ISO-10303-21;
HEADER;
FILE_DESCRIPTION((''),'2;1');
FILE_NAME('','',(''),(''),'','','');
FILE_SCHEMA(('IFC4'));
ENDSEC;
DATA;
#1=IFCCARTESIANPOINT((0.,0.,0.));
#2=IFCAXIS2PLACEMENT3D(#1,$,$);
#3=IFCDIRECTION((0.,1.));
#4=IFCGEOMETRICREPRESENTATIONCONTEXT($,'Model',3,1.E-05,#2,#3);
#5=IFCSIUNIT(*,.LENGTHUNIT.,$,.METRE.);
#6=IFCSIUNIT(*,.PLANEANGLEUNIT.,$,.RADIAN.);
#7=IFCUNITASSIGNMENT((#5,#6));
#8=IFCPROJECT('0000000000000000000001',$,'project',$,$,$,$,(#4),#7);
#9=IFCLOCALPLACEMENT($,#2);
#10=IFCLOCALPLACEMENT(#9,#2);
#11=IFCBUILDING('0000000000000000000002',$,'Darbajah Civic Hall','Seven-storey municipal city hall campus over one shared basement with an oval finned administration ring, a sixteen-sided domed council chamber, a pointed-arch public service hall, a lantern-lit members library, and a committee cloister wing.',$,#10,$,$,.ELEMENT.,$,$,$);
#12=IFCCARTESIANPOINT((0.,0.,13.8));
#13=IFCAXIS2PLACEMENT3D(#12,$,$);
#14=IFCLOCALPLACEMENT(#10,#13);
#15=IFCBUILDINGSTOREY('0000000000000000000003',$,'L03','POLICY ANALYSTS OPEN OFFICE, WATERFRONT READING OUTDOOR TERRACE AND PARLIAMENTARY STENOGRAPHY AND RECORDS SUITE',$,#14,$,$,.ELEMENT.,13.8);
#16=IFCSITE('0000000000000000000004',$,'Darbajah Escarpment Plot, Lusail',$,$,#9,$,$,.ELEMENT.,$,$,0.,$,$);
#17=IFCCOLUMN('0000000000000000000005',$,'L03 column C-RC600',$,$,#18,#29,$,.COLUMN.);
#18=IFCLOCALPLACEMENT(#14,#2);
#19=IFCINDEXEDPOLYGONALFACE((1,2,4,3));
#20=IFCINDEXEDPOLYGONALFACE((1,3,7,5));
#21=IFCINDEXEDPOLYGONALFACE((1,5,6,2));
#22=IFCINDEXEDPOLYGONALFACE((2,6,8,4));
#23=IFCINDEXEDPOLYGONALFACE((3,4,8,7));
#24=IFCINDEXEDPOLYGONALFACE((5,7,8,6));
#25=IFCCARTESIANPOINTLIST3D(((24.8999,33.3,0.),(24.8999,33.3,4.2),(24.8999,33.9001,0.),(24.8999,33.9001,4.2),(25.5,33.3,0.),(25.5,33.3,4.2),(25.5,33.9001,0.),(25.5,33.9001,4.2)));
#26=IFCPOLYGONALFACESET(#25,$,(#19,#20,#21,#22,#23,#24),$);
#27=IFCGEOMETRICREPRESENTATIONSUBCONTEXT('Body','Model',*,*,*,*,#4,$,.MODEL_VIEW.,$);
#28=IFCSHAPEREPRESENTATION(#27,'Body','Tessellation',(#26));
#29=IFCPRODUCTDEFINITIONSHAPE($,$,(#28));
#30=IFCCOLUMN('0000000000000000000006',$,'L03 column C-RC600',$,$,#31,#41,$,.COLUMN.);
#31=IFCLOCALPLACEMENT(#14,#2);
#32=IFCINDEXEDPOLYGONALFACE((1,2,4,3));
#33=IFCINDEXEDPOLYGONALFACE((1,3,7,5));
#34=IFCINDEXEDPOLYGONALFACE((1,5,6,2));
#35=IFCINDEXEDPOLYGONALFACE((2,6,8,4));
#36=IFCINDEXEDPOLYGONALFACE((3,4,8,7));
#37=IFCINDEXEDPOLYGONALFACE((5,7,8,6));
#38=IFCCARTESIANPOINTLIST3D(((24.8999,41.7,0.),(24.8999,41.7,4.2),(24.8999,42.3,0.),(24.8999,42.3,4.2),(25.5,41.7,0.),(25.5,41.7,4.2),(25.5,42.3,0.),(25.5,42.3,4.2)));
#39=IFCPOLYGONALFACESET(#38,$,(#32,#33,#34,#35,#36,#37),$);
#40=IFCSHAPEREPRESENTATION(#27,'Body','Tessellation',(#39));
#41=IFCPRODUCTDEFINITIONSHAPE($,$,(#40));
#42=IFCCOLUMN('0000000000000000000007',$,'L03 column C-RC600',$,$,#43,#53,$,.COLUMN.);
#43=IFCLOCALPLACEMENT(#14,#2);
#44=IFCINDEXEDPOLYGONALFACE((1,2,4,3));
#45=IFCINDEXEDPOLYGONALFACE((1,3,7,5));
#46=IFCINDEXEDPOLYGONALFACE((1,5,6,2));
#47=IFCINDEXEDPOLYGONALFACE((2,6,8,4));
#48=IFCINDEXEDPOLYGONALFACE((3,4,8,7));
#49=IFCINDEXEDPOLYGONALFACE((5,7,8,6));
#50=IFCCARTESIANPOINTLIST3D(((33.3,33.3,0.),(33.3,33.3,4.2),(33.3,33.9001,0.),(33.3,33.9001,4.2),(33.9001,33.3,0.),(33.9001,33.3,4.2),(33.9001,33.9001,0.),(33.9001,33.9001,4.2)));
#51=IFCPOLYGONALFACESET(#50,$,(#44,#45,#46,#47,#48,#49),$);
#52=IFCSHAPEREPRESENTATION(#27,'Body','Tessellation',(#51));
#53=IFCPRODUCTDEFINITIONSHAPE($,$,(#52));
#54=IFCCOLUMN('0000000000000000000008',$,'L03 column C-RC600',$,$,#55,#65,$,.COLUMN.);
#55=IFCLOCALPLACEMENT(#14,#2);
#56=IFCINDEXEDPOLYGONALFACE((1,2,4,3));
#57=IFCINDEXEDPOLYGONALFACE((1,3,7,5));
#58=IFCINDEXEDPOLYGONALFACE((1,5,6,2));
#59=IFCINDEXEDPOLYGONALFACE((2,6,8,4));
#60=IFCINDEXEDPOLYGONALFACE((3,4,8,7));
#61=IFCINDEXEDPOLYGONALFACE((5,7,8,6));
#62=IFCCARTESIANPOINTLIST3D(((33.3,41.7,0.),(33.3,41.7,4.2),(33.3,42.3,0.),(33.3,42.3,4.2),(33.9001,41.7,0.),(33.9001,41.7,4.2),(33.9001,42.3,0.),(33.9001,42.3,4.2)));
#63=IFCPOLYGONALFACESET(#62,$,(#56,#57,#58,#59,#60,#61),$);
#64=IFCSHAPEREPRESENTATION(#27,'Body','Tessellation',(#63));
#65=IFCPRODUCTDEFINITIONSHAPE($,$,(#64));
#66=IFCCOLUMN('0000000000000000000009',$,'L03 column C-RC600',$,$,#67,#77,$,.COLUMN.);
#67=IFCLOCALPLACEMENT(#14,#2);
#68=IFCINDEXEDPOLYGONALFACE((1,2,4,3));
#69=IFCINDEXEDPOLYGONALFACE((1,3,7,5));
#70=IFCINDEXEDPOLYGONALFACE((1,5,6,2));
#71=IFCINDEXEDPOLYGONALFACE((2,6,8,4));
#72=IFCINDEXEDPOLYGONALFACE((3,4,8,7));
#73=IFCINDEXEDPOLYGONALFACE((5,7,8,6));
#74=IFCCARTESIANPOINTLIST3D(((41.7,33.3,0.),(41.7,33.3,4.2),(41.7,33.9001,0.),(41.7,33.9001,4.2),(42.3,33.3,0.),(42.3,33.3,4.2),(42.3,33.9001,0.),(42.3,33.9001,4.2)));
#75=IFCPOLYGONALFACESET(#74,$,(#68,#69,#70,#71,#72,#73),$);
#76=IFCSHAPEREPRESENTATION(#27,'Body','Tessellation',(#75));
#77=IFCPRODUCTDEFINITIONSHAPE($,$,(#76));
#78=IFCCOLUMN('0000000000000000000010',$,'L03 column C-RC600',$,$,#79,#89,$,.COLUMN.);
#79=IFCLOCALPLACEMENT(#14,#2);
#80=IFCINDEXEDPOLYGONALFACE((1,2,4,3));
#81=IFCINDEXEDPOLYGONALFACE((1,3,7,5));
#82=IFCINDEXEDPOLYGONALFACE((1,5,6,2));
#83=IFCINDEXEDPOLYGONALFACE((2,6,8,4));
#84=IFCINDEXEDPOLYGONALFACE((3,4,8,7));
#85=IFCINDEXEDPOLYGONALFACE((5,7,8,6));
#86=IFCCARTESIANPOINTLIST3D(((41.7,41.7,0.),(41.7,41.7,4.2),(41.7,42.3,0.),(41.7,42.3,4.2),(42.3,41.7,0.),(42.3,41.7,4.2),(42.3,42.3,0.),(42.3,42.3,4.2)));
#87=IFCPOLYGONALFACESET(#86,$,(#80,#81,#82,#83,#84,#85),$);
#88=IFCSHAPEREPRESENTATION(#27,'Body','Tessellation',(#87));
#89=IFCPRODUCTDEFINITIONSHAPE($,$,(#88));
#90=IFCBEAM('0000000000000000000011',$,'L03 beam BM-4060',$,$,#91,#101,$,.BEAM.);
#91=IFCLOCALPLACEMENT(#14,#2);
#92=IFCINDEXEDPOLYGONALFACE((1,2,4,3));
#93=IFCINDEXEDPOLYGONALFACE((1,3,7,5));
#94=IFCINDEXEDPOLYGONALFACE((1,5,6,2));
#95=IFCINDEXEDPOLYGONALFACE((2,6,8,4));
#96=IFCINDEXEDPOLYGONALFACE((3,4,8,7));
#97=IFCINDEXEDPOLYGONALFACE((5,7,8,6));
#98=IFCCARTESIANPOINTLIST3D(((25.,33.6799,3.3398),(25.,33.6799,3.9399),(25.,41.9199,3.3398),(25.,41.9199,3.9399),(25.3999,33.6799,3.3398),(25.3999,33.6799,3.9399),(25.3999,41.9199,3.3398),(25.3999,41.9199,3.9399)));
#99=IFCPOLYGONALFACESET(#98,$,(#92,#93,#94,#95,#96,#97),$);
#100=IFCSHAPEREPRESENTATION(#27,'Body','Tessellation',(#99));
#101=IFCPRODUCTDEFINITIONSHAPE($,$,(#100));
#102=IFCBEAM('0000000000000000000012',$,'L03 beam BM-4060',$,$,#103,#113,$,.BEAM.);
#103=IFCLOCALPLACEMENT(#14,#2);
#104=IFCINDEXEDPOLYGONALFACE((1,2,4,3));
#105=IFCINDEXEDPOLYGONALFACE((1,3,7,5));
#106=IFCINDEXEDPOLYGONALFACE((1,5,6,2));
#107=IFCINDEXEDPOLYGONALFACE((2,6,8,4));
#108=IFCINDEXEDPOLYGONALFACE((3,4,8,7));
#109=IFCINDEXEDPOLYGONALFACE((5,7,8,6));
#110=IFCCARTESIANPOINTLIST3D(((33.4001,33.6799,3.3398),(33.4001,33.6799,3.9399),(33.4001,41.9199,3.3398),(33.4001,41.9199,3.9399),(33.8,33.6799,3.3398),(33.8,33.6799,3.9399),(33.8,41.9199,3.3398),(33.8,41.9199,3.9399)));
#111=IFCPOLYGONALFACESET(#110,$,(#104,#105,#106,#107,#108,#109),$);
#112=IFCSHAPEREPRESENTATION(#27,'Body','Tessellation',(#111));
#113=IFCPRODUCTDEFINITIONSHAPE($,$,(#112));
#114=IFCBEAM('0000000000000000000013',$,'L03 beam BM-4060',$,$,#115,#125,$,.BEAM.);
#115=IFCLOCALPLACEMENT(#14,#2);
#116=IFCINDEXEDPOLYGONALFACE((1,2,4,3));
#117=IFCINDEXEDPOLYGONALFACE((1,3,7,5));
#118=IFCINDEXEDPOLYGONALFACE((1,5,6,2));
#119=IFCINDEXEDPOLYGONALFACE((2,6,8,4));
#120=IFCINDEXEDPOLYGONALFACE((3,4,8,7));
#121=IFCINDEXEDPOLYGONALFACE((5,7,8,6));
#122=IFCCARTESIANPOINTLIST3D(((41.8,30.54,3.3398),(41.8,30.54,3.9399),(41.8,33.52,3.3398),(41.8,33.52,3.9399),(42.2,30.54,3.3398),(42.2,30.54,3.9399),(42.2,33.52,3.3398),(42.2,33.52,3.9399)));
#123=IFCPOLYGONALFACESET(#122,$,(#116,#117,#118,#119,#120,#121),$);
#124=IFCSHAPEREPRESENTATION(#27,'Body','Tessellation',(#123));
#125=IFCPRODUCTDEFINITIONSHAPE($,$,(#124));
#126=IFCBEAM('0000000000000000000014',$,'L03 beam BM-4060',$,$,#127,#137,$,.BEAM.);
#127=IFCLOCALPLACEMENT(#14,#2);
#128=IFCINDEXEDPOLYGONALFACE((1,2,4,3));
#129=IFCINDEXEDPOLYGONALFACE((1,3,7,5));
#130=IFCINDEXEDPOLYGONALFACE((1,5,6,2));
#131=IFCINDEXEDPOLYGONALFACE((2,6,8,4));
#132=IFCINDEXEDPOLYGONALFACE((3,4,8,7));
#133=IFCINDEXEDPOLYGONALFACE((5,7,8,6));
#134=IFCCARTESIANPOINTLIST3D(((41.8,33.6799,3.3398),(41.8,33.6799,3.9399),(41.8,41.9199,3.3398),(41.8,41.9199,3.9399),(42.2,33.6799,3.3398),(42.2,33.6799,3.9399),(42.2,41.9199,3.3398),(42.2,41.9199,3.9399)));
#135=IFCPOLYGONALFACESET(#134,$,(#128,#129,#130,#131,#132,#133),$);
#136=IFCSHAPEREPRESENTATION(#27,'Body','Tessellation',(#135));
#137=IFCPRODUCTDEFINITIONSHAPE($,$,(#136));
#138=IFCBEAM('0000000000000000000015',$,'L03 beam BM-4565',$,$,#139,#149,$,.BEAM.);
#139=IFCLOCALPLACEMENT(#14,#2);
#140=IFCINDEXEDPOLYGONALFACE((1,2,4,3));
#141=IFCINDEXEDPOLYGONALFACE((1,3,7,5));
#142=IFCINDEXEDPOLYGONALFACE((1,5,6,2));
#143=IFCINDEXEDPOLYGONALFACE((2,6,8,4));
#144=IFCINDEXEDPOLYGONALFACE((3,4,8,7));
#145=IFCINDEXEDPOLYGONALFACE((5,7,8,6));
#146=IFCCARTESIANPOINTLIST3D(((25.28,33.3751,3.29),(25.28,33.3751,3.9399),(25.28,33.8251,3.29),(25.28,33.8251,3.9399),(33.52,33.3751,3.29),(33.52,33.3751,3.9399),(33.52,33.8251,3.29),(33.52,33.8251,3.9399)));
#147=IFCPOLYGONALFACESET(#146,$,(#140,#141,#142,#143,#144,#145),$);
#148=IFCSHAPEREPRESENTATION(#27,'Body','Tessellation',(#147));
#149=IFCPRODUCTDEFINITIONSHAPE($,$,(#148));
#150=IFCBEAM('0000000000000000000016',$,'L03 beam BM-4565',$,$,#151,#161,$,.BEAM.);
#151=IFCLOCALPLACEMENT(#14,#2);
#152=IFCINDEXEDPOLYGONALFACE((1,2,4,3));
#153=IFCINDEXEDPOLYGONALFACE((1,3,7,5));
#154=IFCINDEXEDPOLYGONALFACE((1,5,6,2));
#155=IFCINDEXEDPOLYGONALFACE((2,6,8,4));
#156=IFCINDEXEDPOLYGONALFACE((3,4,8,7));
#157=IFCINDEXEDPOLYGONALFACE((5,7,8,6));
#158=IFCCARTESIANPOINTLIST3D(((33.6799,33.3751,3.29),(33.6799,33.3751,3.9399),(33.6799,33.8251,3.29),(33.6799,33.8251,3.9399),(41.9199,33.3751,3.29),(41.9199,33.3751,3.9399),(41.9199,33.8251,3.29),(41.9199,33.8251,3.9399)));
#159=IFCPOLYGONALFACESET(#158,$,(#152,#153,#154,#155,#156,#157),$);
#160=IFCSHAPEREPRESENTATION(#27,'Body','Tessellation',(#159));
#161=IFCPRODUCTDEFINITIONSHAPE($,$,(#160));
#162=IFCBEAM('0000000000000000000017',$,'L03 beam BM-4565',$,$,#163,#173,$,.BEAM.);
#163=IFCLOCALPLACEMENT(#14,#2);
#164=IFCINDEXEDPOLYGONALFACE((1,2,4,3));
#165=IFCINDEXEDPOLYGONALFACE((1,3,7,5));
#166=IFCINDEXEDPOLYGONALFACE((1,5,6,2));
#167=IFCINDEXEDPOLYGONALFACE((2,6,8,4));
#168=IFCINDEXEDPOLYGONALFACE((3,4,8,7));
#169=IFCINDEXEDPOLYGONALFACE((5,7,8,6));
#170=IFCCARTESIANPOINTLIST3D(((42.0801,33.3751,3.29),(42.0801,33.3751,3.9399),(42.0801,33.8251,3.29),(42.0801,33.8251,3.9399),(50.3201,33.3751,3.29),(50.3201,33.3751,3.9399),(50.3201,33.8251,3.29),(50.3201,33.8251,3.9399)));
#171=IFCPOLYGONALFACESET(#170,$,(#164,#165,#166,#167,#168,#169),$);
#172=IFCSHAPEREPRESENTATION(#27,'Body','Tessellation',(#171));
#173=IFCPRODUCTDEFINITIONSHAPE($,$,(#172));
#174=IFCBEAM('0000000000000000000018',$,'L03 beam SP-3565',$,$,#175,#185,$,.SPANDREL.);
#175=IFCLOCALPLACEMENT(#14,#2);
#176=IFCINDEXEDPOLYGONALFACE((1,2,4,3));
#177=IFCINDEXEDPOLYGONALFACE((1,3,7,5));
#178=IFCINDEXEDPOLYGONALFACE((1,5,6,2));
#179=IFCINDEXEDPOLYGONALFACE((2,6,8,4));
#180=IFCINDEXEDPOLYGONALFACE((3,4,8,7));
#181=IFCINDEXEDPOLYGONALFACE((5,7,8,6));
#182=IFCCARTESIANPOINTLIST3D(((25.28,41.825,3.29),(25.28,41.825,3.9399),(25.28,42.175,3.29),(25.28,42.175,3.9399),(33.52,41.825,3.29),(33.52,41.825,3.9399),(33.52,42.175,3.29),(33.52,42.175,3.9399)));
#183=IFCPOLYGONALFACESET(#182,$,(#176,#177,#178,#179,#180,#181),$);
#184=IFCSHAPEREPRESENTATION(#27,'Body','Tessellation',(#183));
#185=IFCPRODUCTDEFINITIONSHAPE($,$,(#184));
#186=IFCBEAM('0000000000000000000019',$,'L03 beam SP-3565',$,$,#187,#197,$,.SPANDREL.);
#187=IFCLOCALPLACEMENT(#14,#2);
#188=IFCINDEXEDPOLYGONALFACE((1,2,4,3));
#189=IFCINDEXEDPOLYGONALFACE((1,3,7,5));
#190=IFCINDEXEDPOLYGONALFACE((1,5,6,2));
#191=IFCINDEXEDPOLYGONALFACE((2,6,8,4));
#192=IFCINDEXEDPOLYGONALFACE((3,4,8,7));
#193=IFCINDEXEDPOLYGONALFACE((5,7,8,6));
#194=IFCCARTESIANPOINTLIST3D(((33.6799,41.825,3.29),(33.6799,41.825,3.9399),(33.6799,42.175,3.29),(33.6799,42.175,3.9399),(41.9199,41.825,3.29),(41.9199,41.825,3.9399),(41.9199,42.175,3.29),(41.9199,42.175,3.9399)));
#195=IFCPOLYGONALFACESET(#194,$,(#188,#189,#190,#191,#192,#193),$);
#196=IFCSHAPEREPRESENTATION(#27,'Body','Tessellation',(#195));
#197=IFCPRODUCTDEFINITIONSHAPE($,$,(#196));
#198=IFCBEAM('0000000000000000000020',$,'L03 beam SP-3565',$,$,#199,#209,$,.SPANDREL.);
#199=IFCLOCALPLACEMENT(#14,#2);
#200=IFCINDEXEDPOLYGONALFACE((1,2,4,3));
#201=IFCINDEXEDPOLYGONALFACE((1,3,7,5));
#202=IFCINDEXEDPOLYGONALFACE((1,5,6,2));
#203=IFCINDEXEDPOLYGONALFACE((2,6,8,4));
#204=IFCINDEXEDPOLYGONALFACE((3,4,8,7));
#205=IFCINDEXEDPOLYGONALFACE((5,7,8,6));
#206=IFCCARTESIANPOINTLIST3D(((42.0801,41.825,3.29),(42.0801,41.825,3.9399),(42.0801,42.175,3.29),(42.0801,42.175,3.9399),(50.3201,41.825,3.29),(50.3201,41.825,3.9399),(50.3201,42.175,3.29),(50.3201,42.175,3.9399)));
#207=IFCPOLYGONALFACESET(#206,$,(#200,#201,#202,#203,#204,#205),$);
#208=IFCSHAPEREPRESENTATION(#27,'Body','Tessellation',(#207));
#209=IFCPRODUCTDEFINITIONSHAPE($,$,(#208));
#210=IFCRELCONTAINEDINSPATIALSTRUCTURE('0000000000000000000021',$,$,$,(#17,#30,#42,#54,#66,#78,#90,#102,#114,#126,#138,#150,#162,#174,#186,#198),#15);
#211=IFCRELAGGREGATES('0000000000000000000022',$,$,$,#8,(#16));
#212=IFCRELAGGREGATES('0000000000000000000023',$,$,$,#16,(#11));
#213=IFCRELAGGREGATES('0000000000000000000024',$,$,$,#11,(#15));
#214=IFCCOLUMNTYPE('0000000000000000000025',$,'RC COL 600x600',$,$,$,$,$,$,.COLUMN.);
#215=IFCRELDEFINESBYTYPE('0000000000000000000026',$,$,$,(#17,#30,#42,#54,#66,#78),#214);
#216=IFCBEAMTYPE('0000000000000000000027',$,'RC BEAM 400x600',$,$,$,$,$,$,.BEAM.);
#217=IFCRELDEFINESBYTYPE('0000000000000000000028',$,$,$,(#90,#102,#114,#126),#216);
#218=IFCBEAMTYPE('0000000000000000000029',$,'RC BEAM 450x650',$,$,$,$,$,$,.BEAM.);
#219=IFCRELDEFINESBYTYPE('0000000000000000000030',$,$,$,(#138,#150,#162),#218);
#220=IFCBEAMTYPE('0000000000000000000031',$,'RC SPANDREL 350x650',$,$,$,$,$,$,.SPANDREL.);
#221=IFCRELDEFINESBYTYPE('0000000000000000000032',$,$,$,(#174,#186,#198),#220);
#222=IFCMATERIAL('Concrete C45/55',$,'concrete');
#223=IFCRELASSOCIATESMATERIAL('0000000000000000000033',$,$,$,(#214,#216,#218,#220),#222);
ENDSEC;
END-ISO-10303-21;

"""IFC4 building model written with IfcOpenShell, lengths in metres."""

from ifc_helpers import new_model, si_unit, direction, frame, origin, origin_2d, place, context, subcontext, project, spatial, rectangle, extrude, material, material_profile, profile_set, type_object, element, save


model = new_model("IFC4")

# Units and contexts
model_context = context("Model", 3, precision=1e-05, world=origin(), true_north=direction((0.0, 1.0)))
body_context = subcontext(model_context, "Body", "Model", "MODEL_VIEW")
ifc_project = project(units=[si_unit("LENGTHUNIT", "METRE"), si_unit("PLANEANGLEUNIT", "RADIAN")], contexts=[model_context])

# Site, building, storey
site_placement = place(None, origin())
site = spatial("IfcSite", under=ifc_project, at=site_placement, Name="Darbajah Escarpment Plot, Lusail", CompositionType="ELEMENT", RefElevation=0.0)
building_placement = place(site_placement, origin())
building = spatial("IfcBuilding", under=site, at=building_placement, Name="Darbajah Civic Hall", Description="Seven-storey municipal city hall campus over one shared basement with an oval finned administration ring, a sixteen-sided domed council chamber, a pointed-arch public service hall, a lantern-lit members library, and a committee cloister wing.", CompositionType="ELEMENT")
storey_placement = place(building_placement, frame((0.0, 0.0, 13.8)))
storey = spatial("IfcBuildingStorey", under=building, at=storey_placement, Name="L03", Description="POLICY ANALYSTS OPEN OFFICE, WATERFRONT READING OUTDOOR TERRACE AND PARLIAMENTARY STENOGRAPHY AND RECORDS SUITE", CompositionType="ELEMENT", Elevation=13.8)

# Columns
ifc_material_1 = material(Name="Concrete C45/55", Category="concrete")
ifc_material_profile_1 = material_profile(ifc_material_1, rectangle(XDim=0.6001, YDim=0.6001, at=origin_2d()), Name="RC COL 600x600")
ifc_profile_set_1 = profile_set([ifc_material_profile_1], Name="Concrete C45/55")
column_type = type_object("IfcColumnType", Name="RC COL 600x600", PredefinedType="COLUMN", material=ifc_profile_set_1)
for number, where, z_axis, x_axis, name in (
    (1, (25.2, 33.6001, 0.0), (0.0, 0.0, 1.0), (1.0, 0.0, 0.0), "L03 column C-RC600"),
    (2, (25.2, 42.0, 0.0), (0.0, 0.0, 1.0), (1.0, 0.0, 0.0), "L03 column C-RC600"),
    (3, (33.6001, 33.6001, 0.0), (0.0, 0.0, 1.0), (1.0, 0.0, 0.0), "L03 column C-RC600"),
    (4, (33.6001, 42.0, 0.0), (0.0, 0.0, 1.0), (1.0, 0.0, 0.0), "L03 column C-RC600"),
    (5, (42.0, 33.6001, 0.0), (0.0, 0.0, 1.0), (1.0, 0.0, 0.0), "L03 column C-RC600"),
    (6, (42.0, 42.0, 0.0), (0.0, 0.0, 1.0), (1.0, 0.0, 0.0), "L03 column C-RC600"),
):
    element("IfcColumn", number, at=place(storey_placement, frame(where, z_axis=z_axis, x_axis=x_axis)), inside=storey, type_object=column_type, Name=name, PredefinedType="COLUMN", context=body_context, shape_type="SweptSolid", body=[
        extrude(rectangle(XDim=0.6001, YDim=0.6001, at=origin_2d()), origin(), (0.0, 0.0, 1.0), 4.2),
    ])

# Beams
ifc_material_profile_2 = material_profile(ifc_material_1, rectangle(XDim=0.3999, YDim=0.6001, at=origin_2d()), Name="RC BEAM 400x600")
ifc_profile_set_2 = profile_set([ifc_material_profile_2], Name="Concrete C45/55")
beam_type_1 = type_object("IfcBeamType", Name="RC BEAM 400x600", PredefinedType="BEAM", material=ifc_profile_set_2)
for number, where, z_axis, x_axis, name in (
    (7, (25.2, 33.6799, 3.6399), (0.0, 1.0, 0.0), (-1.0, 0.0, 0.0), "L03 beam BM-4060"),
    (8, (33.6001, 33.6799, 3.6399), (0.0, 1.0, 0.0), (-1.0, 0.0, 0.0), "L03 beam BM-4060"),
):
    element("IfcBeam", number, at=place(storey_placement, frame(where, z_axis=z_axis, x_axis=x_axis)), inside=storey, type_object=beam_type_1, Name=name, PredefinedType="BEAM", context=body_context, shape_type="SweptSolid", body=[
        extrude(rectangle(XDim=0.3999, YDim=0.6001, at=origin_2d()), origin(), (0.0, 0.0, 1.0), 8.24),
    ])
beam_1_placement = place(storey_placement, frame((42.0, 30.54, 3.6399), z_axis=(0.0, 1.0, 0.0), x_axis=(-1.0, 0.0, 0.0)))
element("IfcBeam", 9, at=beam_1_placement, inside=storey, type_object=beam_type_1, Name="L03 beam BM-4060", PredefinedType="BEAM", context=body_context, shape_type="SweptSolid", body=[
    extrude(rectangle(XDim=0.3999, YDim=0.6001, at=origin_2d()), origin(), (0.0, 0.0, 1.0), 2.98),
])
beam_2_placement = place(storey_placement, frame((42.0, 33.6799, 3.6399), z_axis=(0.0, 1.0, 0.0), x_axis=(-1.0, 0.0, 0.0)))
element("IfcBeam", 10, at=beam_2_placement, inside=storey, type_object=beam_type_1, Name="L03 beam BM-4060", PredefinedType="BEAM", context=body_context, shape_type="SweptSolid", body=[
    extrude(rectangle(XDim=0.3999, YDim=0.6001, at=origin_2d()), origin(), (0.0, 0.0, 1.0), 8.24),
])
ifc_material_profile_3 = material_profile(ifc_material_1, rectangle(XDim=0.45, YDim=0.6499, at=origin_2d()), Name="RC BEAM 450x650")
ifc_profile_set_3 = profile_set([ifc_material_profile_3], Name="Concrete C45/55")
beam_type_2 = type_object("IfcBeamType", Name="RC BEAM 450x650", PredefinedType="BEAM", material=ifc_profile_set_3)
for number, where, z_axis, x_axis, name in (
    (11, (25.28, 33.6001, 3.615), (1.0, 0.0, 0.0), (0.0, 1.0, 0.0), "L03 beam BM-4565"),
    (12, (33.6799, 33.6001, 3.615), (1.0, 0.0, 0.0), (0.0, 1.0, 0.0), "L03 beam BM-4565"),
    (13, (42.0801, 33.6001, 3.615), (1.0, 0.0, 0.0), (0.0, 1.0, 0.0), "L03 beam BM-4565"),
):
    element("IfcBeam", number, at=place(storey_placement, frame(where, z_axis=z_axis, x_axis=x_axis)), inside=storey, type_object=beam_type_2, Name=name, PredefinedType="BEAM", context=body_context, shape_type="SweptSolid", body=[
        extrude(rectangle(XDim=0.45, YDim=0.6499, at=origin_2d()), origin(), (0.0, 0.0, 1.0), 8.24),
    ])
ifc_material_profile_4 = material_profile(ifc_material_1, rectangle(XDim=0.3501, YDim=0.6499, at=origin_2d()), Name="RC SPANDREL 350x650")
ifc_profile_set_4 = profile_set([ifc_material_profile_4], Name="Concrete C45/55")
beam_type_3 = type_object("IfcBeamType", Name="RC SPANDREL 350x650", PredefinedType="SPANDREL", material=ifc_profile_set_4)
for number, where, z_axis, x_axis, name in (
    (14, (25.28, 42.0, 3.615), (1.0, 0.0, 0.0), (0.0, 1.0, 0.0), "L03 beam SP-3565"),
    (15, (33.6799, 42.0, 3.615), (1.0, 0.0, 0.0), (0.0, 1.0, 0.0), "L03 beam SP-3565"),
    (16, (42.0801, 42.0, 3.615), (1.0, 0.0, 0.0), (0.0, 1.0, 0.0), "L03 beam SP-3565"),
):
    element("IfcBeam", number, at=place(storey_placement, frame(where, z_axis=z_axis, x_axis=x_axis)), inside=storey, type_object=beam_type_3, Name=name, PredefinedType="SPANDREL", context=body_context, shape_type="SweptSolid", body=[
        extrude(rectangle(XDim=0.3501, YDim=0.6499, at=origin_2d()), origin(), (0.0, 0.0, 1.0), 8.24),
    ])

save(model, "model.ifc")
